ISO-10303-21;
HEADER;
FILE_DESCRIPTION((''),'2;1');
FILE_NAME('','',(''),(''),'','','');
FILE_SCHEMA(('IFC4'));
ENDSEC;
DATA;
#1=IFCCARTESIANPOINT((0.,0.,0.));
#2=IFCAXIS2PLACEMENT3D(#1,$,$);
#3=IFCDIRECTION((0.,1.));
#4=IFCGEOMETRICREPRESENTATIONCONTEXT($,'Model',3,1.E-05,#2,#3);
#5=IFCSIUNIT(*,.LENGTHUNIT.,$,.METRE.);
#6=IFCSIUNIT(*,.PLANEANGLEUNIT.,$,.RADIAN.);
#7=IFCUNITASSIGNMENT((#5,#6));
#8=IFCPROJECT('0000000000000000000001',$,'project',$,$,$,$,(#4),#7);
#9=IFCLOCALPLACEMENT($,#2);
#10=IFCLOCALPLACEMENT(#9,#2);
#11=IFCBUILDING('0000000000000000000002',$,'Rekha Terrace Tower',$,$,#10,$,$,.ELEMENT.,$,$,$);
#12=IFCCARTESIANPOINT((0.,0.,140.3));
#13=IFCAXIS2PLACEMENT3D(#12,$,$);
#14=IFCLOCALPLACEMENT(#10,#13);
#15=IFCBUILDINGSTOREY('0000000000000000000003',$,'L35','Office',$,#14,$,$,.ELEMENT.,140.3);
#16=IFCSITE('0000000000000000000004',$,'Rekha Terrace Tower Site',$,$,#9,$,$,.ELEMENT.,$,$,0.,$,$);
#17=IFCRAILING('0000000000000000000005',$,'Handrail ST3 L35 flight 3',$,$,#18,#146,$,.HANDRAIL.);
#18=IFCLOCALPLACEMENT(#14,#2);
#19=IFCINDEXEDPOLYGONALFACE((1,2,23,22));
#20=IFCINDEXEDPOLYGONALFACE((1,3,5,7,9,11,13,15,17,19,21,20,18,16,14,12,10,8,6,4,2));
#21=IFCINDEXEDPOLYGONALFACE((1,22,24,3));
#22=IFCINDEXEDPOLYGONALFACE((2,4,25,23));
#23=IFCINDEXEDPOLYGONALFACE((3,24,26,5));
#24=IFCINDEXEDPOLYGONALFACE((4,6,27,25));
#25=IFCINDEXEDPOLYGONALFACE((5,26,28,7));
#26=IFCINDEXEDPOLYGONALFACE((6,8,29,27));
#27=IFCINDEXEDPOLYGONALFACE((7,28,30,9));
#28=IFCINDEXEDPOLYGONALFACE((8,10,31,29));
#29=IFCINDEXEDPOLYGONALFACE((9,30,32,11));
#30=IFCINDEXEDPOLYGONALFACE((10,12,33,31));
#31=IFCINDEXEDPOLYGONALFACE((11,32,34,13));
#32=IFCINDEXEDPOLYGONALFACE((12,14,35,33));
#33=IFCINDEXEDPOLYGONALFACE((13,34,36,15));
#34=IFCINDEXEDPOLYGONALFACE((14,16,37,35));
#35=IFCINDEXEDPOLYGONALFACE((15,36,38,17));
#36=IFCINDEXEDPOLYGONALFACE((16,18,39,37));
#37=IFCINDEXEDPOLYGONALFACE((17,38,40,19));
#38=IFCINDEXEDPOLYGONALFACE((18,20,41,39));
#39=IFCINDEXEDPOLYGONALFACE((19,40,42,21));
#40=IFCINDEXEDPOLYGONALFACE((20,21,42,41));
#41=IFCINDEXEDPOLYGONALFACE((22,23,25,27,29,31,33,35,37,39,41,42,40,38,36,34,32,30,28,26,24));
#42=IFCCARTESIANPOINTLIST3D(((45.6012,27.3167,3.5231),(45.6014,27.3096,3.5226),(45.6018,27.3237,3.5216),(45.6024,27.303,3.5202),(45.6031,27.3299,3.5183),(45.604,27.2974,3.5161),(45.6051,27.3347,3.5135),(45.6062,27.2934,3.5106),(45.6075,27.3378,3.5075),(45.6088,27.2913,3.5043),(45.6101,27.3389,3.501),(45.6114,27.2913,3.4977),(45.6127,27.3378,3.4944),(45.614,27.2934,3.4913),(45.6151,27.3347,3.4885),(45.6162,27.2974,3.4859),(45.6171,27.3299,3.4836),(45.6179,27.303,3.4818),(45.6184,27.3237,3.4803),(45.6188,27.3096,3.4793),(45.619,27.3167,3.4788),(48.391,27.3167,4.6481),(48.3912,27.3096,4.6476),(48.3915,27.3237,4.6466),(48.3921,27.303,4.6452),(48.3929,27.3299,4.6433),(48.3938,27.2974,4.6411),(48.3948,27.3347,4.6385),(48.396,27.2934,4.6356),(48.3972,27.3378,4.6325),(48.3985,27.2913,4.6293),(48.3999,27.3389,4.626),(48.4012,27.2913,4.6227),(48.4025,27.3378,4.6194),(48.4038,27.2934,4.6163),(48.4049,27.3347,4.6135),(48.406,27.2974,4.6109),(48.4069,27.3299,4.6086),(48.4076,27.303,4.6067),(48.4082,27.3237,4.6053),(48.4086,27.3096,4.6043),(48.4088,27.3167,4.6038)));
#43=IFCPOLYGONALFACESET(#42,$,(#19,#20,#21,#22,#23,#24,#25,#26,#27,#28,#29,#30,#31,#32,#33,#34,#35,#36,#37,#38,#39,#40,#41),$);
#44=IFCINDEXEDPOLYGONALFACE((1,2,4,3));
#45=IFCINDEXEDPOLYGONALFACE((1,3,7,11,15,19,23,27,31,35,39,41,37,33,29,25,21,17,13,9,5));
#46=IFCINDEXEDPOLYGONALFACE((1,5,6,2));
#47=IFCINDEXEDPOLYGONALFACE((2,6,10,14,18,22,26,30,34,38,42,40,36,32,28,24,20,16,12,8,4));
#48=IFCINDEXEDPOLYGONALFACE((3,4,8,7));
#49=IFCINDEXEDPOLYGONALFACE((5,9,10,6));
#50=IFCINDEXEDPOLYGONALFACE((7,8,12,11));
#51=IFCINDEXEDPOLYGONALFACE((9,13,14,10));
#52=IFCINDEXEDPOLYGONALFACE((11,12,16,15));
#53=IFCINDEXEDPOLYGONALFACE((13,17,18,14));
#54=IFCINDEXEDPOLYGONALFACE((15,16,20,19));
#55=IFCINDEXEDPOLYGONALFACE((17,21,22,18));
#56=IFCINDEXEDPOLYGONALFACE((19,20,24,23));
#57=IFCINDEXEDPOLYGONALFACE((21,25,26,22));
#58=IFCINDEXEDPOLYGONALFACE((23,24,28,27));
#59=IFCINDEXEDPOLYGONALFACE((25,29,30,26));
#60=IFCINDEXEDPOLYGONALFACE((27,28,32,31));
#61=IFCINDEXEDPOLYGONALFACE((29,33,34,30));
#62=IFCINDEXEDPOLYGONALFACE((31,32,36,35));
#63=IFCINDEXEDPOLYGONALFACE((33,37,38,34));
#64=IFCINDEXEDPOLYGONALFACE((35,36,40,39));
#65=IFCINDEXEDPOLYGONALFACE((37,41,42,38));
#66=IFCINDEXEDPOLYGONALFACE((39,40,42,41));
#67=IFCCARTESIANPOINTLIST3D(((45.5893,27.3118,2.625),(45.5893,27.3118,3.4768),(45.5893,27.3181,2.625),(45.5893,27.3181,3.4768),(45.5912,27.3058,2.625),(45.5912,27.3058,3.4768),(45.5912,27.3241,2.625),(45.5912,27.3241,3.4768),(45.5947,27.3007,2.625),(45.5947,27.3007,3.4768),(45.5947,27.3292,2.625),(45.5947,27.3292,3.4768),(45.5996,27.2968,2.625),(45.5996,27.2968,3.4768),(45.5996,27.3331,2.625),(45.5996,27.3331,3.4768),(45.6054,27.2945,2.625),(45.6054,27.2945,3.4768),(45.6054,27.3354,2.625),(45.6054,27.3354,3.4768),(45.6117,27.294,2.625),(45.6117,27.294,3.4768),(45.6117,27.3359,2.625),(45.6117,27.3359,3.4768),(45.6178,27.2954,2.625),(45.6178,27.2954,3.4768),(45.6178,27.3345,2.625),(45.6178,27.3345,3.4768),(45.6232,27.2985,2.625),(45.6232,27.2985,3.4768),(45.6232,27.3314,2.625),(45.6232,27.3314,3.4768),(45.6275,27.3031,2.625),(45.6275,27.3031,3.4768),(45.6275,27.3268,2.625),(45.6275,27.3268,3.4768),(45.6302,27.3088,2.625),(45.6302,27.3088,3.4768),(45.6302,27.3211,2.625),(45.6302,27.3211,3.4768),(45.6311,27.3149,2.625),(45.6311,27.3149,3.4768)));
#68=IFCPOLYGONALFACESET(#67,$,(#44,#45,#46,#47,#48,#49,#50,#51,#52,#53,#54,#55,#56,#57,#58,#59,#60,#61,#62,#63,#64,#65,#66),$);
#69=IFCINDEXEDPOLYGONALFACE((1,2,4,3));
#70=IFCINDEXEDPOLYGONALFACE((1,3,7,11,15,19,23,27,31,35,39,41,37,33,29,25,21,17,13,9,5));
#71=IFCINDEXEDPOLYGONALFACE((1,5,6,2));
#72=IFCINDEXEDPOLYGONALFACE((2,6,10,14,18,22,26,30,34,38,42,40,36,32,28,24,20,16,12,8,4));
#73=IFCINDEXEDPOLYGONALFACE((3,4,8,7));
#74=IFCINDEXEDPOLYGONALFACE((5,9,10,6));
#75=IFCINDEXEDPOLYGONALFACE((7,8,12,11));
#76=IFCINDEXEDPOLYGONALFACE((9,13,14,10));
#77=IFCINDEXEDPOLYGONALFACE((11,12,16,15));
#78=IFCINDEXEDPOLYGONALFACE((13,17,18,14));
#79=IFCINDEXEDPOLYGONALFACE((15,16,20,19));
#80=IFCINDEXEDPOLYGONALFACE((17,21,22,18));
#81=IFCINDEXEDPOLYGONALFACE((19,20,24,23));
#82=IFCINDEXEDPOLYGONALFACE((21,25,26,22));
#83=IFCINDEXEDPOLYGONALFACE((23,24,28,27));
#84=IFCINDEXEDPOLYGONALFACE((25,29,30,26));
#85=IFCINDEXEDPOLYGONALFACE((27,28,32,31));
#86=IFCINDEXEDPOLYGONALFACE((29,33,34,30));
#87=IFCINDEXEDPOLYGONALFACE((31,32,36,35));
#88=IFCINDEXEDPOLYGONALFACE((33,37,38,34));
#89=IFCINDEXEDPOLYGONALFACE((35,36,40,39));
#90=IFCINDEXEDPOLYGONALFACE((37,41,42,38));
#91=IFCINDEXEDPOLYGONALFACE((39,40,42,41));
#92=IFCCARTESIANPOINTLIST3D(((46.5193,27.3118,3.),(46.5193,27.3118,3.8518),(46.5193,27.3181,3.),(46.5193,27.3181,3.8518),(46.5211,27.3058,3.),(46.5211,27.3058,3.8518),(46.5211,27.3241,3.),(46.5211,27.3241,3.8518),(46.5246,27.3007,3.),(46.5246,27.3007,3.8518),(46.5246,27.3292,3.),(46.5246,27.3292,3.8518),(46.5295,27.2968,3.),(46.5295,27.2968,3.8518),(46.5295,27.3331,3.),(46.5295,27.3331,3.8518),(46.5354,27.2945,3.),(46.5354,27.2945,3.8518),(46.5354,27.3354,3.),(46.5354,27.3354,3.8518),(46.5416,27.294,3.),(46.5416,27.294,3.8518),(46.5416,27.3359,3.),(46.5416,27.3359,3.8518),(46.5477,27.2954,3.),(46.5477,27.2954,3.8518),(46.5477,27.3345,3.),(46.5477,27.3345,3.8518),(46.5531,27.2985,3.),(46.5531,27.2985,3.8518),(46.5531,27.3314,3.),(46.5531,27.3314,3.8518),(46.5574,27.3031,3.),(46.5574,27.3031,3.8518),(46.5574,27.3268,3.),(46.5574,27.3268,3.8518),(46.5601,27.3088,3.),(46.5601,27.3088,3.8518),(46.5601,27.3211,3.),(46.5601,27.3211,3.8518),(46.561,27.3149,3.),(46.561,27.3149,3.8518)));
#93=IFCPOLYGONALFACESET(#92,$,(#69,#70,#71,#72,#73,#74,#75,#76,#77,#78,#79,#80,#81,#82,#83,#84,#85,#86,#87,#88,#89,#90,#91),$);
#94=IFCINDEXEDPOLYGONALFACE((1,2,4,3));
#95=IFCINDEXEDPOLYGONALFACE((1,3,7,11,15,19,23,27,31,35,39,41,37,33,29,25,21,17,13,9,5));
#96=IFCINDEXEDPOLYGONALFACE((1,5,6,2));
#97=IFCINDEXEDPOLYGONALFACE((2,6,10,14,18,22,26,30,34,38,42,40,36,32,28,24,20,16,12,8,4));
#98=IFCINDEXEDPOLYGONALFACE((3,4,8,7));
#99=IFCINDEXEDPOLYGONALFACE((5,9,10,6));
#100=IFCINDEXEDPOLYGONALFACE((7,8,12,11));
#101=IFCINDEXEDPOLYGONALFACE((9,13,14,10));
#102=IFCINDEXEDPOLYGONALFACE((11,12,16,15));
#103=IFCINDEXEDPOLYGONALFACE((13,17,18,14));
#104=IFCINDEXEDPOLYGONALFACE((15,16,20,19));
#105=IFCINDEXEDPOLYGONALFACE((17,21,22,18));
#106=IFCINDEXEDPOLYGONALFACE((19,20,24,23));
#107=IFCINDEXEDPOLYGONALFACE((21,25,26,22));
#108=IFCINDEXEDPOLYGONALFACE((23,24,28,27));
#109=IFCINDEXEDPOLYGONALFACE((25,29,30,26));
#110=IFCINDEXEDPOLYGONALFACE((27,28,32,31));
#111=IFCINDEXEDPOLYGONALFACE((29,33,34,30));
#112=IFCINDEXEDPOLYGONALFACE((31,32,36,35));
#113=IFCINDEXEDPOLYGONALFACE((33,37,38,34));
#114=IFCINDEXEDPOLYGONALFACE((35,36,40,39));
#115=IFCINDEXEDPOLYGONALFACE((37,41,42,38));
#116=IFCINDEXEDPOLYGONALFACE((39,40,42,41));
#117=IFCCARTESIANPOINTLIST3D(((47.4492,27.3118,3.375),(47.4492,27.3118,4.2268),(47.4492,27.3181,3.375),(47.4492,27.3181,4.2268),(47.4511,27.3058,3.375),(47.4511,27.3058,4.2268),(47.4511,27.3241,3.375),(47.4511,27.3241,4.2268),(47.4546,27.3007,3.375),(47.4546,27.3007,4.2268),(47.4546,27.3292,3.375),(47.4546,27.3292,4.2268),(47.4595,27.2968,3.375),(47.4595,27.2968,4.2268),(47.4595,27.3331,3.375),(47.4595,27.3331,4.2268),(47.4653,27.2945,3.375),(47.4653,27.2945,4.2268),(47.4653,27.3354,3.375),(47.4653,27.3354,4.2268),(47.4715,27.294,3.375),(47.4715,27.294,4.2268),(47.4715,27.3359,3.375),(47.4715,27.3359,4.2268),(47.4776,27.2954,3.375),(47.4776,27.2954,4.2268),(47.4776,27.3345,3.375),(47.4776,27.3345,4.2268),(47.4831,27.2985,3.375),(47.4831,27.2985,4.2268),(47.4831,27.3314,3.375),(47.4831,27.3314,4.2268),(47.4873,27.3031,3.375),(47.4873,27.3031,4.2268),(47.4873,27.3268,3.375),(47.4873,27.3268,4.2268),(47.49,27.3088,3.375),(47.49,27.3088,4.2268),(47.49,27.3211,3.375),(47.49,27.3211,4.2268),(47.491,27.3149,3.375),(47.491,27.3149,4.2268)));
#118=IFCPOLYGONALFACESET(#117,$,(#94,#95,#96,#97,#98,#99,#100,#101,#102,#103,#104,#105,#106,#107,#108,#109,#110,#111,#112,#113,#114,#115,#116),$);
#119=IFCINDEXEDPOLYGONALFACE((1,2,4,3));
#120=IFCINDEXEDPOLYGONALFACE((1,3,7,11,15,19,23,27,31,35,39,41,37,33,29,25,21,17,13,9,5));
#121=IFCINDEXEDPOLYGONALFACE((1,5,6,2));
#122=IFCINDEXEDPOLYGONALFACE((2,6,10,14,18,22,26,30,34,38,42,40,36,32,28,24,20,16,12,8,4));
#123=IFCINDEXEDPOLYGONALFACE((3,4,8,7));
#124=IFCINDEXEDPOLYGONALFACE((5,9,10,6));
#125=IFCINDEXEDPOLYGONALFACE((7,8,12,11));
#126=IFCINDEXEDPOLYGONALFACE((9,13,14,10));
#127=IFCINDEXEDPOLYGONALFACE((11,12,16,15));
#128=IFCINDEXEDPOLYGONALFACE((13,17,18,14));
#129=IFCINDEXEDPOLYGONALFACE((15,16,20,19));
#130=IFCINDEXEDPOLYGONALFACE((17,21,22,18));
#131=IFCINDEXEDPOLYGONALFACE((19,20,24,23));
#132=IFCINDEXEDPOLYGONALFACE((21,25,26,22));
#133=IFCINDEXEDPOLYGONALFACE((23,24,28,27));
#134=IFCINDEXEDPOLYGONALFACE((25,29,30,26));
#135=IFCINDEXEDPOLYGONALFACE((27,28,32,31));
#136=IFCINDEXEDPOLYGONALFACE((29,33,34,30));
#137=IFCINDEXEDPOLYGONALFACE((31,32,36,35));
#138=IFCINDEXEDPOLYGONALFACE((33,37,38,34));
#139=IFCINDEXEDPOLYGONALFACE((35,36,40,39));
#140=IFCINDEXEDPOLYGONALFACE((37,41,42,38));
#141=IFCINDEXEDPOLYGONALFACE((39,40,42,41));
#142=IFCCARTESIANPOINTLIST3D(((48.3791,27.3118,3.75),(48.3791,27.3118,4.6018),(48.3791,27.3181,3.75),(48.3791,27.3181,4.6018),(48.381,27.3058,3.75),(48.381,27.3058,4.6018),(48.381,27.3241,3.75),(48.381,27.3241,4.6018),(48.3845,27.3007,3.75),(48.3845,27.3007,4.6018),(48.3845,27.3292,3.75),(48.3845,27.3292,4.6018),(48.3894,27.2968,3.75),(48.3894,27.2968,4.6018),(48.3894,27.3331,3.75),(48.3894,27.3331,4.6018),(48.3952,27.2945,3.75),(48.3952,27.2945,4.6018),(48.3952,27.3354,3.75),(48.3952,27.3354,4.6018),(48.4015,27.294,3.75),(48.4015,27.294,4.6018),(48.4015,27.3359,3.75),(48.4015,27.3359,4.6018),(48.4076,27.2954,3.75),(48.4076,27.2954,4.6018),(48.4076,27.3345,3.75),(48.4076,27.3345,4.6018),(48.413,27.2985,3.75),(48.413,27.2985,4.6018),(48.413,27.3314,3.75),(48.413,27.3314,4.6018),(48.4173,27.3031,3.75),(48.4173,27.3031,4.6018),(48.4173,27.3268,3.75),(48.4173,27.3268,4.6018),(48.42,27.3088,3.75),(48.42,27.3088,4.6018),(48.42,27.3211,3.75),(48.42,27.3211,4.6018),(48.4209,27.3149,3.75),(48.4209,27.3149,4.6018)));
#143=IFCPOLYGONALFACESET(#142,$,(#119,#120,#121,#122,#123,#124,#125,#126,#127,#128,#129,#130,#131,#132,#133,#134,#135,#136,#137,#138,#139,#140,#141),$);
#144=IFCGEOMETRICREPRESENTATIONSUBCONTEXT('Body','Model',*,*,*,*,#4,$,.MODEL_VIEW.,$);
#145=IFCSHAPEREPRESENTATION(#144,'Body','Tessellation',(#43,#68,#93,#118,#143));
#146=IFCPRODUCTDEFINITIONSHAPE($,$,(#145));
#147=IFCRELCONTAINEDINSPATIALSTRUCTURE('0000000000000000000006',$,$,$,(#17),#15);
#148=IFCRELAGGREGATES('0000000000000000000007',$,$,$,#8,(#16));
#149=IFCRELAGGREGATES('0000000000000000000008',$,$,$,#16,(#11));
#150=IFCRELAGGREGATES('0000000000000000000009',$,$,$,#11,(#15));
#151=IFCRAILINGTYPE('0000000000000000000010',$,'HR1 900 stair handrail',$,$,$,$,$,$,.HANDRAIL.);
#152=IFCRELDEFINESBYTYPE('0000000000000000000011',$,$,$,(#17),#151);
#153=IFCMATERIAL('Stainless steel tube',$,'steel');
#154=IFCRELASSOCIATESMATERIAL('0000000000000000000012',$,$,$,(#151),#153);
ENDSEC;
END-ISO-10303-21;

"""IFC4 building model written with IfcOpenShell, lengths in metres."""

from ifc_helpers import new_model, si_unit, direction, frame, origin, origin_2d, place, context, subcontext, project, spatial, circle, extrude, material, type_object, element, save


model = new_model("IFC4")

# Units and contexts
model_context = context("Model", 3, precision=1e-05, world=origin(), true_north=direction((0.0, 1.0)))
body_context = subcontext(model_context, "Body", "Model", "MODEL_VIEW")
ifc_project = project(units=[si_unit("LENGTHUNIT", "METRE"), si_unit("PLANEANGLEUNIT", "RADIAN")], contexts=[model_context])

# Site, building, storey
site_placement = place(None, origin())
site = spatial("IfcSite", under=ifc_project, at=site_placement, Name="Rekha Terrace Tower Site", CompositionType="ELEMENT", RefElevation=0.0)
building_placement = place(site_placement, origin())
building = spatial("IfcBuilding", under=site, at=building_placement, Name="Rekha Terrace Tower", CompositionType="ELEMENT")
storey_placement = place(building_placement, frame((0.0, 0.0, 140.3)))
storey = spatial("IfcBuildingStorey", under=building, at=storey_placement, Name="L35", Description="Office", CompositionType="ELEMENT", Elevation=140.3)

# Railing
ifc_material_1 = material(Name="Stainless steel tube", Category="steel")
railing_type_1 = type_object("IfcRailingType", Name="HR1 900 stair handrail", PredefinedType="HANDRAIL", material=ifc_material_1)
railing_1_placement = place(storey_placement, frame((45.6101, 27.3149, 2.625)))
element("IfcRailing", 1, at=railing_1_placement, inside=storey, type_object=railing_type_1, Name="Handrail ST3 L35 flight 3", PredefinedType="HANDRAIL", context=body_context, shape_type="SweptSolid", body=[
    extrude(circle(Radius=0.0239, at=origin_2d()), frame((0.0, 0.0, 0.876), z_axis=(0.927432, 0.0, 0.373992), x_axis=(0.0, 1.0, 0.0)), (0.0, 0.0, 1.0), 3.0081),
    extrude(circle(Radius=0.021, at=origin_2d()), origin(), (0.0, 0.0, 1.0), 0.8518),
    extrude(circle(Radius=0.021, at=origin_2d()), frame((0.9299, 0.0, 0.375)), (0.0, 0.0, 1.0), 0.8518),
    extrude(circle(Radius=0.021, at=origin_2d()), frame((1.8599, 0.0, 0.75)), (0.0, 0.0, 1.0), 0.8518),
    extrude(circle(Radius=0.021, at=origin_2d()), frame((2.7898, 0.0, 1.125)), (0.0, 0.0, 1.0), 0.8518),
])

save(model, "model.ifc")
